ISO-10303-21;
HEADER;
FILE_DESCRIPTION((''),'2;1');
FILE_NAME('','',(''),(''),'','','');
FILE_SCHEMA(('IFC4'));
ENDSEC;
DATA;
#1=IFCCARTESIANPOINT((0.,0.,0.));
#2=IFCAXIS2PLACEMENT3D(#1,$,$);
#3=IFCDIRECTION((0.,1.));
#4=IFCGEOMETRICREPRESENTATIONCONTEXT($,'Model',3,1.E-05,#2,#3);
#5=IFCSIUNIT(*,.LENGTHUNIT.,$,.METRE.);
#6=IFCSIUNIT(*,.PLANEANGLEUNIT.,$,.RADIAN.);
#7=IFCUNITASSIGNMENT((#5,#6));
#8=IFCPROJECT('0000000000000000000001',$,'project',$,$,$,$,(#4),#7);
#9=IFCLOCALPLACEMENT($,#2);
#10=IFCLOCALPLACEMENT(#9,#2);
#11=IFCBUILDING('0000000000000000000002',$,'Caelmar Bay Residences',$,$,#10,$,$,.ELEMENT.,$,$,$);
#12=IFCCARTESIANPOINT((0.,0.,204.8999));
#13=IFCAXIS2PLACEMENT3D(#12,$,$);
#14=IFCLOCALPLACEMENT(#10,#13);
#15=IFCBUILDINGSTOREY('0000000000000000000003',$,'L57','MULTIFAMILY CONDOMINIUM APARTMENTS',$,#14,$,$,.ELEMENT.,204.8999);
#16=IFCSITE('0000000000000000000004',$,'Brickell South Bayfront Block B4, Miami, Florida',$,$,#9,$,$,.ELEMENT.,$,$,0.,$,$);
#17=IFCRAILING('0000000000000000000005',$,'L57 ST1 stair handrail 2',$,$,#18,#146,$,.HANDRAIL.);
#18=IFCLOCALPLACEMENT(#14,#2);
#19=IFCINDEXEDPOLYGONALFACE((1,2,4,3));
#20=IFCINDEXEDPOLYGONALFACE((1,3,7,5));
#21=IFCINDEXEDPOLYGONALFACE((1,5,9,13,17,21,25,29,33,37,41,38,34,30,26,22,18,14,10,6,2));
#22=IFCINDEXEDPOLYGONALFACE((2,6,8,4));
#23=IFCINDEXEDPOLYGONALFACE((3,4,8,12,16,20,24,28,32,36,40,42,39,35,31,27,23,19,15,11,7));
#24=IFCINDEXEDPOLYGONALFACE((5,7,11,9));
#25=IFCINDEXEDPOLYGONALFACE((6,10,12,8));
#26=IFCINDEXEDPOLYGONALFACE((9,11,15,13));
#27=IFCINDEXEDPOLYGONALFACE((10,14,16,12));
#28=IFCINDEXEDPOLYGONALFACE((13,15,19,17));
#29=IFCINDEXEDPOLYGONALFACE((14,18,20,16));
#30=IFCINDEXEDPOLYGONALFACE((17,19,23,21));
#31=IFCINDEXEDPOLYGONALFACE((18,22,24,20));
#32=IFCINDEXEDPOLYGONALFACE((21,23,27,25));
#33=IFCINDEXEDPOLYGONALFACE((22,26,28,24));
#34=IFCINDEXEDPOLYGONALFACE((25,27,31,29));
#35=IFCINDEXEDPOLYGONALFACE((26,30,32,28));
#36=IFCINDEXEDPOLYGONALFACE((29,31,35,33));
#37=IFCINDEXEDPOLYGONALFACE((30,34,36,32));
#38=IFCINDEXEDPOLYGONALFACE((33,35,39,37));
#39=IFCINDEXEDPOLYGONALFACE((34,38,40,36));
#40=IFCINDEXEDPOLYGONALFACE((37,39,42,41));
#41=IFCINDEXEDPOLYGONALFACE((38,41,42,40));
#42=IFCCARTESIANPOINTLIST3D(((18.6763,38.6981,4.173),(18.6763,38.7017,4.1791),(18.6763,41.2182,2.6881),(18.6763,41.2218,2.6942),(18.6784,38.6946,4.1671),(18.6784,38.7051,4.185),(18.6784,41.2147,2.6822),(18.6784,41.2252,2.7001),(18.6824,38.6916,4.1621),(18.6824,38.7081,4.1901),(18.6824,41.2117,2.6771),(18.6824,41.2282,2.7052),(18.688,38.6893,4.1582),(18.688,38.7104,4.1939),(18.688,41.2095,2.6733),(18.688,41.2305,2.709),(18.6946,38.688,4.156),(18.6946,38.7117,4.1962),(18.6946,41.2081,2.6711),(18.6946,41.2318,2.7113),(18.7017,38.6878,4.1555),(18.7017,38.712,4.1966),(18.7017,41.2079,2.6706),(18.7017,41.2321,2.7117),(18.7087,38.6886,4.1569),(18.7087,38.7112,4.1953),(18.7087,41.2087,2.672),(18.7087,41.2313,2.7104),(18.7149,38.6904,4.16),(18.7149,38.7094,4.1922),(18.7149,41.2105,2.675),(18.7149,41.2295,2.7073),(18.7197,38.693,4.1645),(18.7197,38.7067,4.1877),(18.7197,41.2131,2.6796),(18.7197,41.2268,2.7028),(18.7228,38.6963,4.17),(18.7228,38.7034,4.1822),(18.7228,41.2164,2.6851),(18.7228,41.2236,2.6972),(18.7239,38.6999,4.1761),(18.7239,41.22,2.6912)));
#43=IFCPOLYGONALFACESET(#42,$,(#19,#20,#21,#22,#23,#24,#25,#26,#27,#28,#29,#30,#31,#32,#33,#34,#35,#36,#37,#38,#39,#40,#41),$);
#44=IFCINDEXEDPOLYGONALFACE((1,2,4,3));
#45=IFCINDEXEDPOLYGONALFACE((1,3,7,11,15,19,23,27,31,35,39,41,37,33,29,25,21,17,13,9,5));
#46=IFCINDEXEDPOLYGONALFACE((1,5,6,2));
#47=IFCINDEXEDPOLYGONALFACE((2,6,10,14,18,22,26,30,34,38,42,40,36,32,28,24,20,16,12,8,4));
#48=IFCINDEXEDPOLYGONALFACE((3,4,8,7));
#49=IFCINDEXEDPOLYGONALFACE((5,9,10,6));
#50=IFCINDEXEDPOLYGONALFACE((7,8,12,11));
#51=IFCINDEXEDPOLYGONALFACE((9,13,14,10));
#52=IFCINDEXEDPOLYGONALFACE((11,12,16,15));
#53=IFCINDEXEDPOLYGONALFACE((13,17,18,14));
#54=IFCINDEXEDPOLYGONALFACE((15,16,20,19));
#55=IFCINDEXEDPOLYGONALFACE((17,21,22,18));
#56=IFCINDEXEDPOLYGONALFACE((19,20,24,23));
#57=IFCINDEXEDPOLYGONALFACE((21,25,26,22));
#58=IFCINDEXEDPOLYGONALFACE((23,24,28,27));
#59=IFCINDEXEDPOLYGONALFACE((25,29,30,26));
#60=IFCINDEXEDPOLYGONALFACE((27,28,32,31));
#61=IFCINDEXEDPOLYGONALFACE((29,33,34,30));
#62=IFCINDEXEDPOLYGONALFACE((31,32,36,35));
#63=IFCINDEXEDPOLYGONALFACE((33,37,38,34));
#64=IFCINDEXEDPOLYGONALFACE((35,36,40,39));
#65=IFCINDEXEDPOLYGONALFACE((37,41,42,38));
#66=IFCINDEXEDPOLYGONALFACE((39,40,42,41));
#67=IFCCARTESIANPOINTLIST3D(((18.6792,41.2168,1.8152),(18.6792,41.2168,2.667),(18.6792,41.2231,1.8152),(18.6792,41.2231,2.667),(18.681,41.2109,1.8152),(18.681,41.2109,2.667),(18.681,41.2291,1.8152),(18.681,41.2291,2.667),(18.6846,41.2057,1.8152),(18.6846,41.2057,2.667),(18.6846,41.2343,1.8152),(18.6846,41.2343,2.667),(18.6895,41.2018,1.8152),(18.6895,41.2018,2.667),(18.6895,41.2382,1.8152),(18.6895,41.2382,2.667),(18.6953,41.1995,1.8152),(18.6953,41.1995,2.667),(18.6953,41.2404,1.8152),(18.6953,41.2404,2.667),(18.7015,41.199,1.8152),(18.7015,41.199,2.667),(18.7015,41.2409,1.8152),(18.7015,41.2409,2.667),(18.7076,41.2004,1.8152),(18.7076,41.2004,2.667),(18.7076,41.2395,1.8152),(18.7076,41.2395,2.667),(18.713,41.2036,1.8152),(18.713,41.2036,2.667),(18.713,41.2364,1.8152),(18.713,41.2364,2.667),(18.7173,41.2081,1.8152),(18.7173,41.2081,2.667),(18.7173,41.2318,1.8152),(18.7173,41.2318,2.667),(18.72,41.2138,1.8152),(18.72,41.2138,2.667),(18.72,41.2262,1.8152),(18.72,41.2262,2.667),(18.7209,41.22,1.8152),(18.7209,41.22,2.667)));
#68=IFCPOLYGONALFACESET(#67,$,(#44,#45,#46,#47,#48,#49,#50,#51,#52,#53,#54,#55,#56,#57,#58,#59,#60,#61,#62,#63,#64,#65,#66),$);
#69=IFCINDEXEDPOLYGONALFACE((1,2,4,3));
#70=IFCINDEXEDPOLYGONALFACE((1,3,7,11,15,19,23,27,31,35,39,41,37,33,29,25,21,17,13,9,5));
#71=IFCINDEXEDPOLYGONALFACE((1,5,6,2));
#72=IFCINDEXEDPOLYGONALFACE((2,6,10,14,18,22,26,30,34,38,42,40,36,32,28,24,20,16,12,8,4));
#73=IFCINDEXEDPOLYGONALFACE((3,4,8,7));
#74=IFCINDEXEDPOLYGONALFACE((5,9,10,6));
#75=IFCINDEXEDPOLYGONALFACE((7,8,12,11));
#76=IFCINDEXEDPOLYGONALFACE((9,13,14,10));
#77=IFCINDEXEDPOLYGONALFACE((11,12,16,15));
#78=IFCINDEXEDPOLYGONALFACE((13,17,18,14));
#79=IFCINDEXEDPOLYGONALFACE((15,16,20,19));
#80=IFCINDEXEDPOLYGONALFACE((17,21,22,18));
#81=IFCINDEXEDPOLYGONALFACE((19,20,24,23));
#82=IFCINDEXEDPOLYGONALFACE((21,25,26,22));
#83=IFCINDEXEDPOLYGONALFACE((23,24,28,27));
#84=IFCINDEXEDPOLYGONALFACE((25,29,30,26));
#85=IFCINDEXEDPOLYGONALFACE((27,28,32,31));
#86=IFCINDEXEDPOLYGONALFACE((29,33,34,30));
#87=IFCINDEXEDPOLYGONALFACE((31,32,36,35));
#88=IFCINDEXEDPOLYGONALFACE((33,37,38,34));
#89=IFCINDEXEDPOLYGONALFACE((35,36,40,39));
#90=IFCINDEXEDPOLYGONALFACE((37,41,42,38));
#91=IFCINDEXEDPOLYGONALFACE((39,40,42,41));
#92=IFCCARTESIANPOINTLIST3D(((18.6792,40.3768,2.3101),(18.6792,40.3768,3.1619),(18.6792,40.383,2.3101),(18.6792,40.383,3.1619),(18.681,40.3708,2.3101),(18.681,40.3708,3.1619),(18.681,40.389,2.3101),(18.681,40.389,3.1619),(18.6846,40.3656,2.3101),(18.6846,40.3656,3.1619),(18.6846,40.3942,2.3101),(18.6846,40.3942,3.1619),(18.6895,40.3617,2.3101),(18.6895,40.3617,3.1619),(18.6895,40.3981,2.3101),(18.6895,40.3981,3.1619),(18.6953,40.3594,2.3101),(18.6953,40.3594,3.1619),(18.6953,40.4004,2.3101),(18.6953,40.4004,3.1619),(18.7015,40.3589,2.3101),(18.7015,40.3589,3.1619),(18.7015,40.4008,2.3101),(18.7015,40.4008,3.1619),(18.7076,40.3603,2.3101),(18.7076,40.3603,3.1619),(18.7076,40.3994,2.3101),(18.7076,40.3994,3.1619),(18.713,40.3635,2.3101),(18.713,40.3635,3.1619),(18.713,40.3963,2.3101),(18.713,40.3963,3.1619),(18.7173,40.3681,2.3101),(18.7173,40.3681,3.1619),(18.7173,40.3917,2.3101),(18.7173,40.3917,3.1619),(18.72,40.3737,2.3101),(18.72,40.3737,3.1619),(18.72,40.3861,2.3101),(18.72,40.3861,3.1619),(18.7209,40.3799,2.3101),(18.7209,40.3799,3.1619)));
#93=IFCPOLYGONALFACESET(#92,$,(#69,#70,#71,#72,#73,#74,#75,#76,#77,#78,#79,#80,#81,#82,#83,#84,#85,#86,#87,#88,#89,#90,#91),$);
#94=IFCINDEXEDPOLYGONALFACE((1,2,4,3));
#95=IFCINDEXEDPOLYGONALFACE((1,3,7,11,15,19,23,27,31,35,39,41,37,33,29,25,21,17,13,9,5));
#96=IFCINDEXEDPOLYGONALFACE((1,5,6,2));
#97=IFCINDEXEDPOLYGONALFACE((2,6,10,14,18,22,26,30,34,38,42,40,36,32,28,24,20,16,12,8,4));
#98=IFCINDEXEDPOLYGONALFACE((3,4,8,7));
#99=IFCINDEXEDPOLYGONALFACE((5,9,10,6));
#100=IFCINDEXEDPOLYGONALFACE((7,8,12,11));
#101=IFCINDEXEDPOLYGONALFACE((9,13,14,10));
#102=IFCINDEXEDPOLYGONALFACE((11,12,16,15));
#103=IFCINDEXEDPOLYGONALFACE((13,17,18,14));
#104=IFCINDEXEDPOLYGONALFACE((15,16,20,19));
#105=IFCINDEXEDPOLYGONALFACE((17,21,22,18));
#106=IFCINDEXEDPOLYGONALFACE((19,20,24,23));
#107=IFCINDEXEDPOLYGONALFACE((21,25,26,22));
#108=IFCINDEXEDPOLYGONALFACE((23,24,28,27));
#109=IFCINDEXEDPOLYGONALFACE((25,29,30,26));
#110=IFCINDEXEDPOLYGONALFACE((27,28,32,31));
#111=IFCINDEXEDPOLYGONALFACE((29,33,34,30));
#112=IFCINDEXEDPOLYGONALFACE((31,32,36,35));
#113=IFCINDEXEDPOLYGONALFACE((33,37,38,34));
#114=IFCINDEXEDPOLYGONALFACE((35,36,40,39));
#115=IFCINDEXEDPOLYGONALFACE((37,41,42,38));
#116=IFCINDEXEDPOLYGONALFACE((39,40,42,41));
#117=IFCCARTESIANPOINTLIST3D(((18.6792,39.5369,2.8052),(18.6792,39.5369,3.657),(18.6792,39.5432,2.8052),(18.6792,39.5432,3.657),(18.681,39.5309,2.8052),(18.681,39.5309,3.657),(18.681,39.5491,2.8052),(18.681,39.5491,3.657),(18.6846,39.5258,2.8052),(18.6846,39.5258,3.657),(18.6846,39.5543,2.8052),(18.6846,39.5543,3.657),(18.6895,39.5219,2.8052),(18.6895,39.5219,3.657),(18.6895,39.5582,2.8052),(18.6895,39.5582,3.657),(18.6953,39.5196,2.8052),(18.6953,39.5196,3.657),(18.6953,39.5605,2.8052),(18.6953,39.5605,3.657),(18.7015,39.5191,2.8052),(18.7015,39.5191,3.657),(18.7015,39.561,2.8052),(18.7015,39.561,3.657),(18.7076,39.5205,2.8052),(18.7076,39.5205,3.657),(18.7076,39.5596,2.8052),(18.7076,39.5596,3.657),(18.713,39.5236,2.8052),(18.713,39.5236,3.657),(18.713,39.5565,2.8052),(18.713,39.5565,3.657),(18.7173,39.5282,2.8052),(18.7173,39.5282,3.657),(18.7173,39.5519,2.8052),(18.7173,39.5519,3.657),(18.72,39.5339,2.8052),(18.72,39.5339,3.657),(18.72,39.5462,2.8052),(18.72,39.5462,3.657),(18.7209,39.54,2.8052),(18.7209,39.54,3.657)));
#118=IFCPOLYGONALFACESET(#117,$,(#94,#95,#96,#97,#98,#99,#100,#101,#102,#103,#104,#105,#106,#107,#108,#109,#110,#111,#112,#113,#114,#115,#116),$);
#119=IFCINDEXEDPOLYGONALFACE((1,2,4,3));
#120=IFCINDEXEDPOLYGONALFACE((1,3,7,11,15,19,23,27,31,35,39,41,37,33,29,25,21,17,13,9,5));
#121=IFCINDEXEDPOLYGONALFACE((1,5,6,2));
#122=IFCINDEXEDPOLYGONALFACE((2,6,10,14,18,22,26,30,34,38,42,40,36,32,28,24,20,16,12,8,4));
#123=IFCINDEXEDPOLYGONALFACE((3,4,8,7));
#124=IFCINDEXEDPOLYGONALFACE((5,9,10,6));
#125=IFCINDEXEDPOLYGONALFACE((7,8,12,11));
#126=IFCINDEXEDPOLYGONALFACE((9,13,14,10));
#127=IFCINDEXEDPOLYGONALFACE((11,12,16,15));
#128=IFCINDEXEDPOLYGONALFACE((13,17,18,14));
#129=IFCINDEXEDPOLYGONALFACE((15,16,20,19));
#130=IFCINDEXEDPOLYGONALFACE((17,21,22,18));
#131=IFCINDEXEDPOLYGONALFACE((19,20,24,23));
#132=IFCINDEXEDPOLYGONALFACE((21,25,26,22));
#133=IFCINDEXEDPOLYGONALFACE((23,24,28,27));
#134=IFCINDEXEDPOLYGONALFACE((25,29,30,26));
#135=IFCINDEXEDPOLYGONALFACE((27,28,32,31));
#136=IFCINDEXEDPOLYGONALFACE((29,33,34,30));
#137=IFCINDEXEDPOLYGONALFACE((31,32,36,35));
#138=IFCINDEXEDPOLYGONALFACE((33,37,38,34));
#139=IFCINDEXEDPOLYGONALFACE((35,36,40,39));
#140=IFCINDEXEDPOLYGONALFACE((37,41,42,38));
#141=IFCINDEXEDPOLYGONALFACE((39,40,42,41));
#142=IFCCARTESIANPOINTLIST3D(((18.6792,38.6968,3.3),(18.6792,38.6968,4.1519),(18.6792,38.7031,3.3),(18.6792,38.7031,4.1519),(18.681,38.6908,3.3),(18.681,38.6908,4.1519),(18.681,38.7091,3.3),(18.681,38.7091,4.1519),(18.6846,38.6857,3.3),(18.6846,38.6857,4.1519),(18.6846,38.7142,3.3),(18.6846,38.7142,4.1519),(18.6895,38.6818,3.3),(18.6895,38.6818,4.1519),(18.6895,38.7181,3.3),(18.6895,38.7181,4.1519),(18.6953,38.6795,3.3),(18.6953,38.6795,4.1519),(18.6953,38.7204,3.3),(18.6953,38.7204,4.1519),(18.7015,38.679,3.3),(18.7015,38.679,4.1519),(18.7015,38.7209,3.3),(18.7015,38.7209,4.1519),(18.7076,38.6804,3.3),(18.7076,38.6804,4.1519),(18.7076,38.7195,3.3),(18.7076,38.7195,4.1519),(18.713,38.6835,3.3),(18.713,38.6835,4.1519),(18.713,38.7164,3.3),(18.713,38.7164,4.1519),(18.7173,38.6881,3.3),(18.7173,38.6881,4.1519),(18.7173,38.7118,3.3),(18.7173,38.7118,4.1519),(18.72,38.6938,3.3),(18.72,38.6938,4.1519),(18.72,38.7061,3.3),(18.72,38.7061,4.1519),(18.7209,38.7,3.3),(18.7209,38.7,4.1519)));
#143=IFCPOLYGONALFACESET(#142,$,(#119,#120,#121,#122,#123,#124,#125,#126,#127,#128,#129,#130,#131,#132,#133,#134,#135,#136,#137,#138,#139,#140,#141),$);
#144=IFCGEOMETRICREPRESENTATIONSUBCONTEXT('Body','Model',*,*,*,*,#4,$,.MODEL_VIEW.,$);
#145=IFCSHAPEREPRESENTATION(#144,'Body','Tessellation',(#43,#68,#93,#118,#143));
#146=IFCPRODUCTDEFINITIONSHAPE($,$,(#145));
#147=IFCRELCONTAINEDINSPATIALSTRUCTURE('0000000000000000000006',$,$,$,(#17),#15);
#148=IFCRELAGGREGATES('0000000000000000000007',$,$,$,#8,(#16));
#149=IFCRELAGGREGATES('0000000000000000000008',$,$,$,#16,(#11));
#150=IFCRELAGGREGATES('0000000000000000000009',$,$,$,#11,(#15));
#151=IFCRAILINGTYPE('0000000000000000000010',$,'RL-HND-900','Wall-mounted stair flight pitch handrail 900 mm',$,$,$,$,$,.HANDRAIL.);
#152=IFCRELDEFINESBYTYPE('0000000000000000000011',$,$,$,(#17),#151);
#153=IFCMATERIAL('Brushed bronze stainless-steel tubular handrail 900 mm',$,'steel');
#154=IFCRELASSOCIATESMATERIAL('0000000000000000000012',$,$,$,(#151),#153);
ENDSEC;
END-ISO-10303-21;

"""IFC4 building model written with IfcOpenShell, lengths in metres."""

from ifc_helpers import new_model, si_unit, direction, frame, origin, origin_2d, place, context, subcontext, project, spatial, circle, extrude, material, type_object, element, save


model = new_model("IFC4")

# Units and contexts
model_context = context("Model", 3, precision=1e-05, world=origin(), true_north=direction((0.0, 1.0)))
body_context = subcontext(model_context, "Body", "Model", "MODEL_VIEW")
ifc_project = project(units=[si_unit("LENGTHUNIT", "METRE"), si_unit("PLANEANGLEUNIT", "RADIAN")], contexts=[model_context])

# Site, building, storey
site_placement = place(None, origin())
site = spatial("IfcSite", under=ifc_project, at=site_placement, Name="Brickell South Bayfront Block B4, Miami, Florida", CompositionType="ELEMENT", RefElevation=0.0)
building_placement = place(site_placement, origin())
building = spatial("IfcBuilding", under=site, at=building_placement, Name="Caelmar Bay Residences", CompositionType="ELEMENT")
storey_placement = place(building_placement, frame((0.0, 0.0, 204.8999)))
storey = spatial("IfcBuildingStorey", under=building, at=storey_placement, Name="L57", Description="MULTIFAMILY CONDOMINIUM APARTMENTS", CompositionType="ELEMENT", Elevation=204.8999)

# Railing
ifc_material_1 = material(Name="Brushed bronze stainless-steel tubular handrail 900 mm", Category="steel")
railing_type_1 = type_object("IfcRailingType", Name="RL-HND-900", Description="Wall-mounted stair flight pitch handrail 900 mm", PredefinedType="HANDRAIL", material=ifc_material_1)
railing_1_placement = place(storey_placement, frame((18.7, 41.22, 1.8152)))
element("IfcRailing", 1, at=railing_1_placement, inside=storey, type_object=railing_type_1, Name="L57 ST1 stair handrail 2", PredefinedType="HANDRAIL", context=body_context, shape_type="SweptSolid", body=[
    extrude(circle(Radius=0.0239, at=origin_2d()), frame((0.0, 0.0, 0.876), z_axis=(0.0, -0.861561, 0.507655), x_axis=(1.0, 0.0, 0.0)), (0.0, 0.0, 1.0), 2.925),
    extrude(circle(Radius=0.021, at=origin_2d()), origin(), (0.0, 0.0, 1.0), 0.8518),
    extrude(circle(Radius=0.021, at=origin_2d()), frame((0.0, -0.8401, 0.4949)), (0.0, 0.0, 1.0), 0.8518),
    extrude(circle(Radius=0.021, at=origin_2d()), frame((0.0, -1.6799, 0.99)), (0.0, 0.0, 1.0), 0.8518),
    extrude(circle(Radius=0.021, at=origin_2d()), frame((0.0, -2.52, 1.4849)), (0.0, 0.0, 1.0), 0.8518),
])

save(model, "model.ifc")
